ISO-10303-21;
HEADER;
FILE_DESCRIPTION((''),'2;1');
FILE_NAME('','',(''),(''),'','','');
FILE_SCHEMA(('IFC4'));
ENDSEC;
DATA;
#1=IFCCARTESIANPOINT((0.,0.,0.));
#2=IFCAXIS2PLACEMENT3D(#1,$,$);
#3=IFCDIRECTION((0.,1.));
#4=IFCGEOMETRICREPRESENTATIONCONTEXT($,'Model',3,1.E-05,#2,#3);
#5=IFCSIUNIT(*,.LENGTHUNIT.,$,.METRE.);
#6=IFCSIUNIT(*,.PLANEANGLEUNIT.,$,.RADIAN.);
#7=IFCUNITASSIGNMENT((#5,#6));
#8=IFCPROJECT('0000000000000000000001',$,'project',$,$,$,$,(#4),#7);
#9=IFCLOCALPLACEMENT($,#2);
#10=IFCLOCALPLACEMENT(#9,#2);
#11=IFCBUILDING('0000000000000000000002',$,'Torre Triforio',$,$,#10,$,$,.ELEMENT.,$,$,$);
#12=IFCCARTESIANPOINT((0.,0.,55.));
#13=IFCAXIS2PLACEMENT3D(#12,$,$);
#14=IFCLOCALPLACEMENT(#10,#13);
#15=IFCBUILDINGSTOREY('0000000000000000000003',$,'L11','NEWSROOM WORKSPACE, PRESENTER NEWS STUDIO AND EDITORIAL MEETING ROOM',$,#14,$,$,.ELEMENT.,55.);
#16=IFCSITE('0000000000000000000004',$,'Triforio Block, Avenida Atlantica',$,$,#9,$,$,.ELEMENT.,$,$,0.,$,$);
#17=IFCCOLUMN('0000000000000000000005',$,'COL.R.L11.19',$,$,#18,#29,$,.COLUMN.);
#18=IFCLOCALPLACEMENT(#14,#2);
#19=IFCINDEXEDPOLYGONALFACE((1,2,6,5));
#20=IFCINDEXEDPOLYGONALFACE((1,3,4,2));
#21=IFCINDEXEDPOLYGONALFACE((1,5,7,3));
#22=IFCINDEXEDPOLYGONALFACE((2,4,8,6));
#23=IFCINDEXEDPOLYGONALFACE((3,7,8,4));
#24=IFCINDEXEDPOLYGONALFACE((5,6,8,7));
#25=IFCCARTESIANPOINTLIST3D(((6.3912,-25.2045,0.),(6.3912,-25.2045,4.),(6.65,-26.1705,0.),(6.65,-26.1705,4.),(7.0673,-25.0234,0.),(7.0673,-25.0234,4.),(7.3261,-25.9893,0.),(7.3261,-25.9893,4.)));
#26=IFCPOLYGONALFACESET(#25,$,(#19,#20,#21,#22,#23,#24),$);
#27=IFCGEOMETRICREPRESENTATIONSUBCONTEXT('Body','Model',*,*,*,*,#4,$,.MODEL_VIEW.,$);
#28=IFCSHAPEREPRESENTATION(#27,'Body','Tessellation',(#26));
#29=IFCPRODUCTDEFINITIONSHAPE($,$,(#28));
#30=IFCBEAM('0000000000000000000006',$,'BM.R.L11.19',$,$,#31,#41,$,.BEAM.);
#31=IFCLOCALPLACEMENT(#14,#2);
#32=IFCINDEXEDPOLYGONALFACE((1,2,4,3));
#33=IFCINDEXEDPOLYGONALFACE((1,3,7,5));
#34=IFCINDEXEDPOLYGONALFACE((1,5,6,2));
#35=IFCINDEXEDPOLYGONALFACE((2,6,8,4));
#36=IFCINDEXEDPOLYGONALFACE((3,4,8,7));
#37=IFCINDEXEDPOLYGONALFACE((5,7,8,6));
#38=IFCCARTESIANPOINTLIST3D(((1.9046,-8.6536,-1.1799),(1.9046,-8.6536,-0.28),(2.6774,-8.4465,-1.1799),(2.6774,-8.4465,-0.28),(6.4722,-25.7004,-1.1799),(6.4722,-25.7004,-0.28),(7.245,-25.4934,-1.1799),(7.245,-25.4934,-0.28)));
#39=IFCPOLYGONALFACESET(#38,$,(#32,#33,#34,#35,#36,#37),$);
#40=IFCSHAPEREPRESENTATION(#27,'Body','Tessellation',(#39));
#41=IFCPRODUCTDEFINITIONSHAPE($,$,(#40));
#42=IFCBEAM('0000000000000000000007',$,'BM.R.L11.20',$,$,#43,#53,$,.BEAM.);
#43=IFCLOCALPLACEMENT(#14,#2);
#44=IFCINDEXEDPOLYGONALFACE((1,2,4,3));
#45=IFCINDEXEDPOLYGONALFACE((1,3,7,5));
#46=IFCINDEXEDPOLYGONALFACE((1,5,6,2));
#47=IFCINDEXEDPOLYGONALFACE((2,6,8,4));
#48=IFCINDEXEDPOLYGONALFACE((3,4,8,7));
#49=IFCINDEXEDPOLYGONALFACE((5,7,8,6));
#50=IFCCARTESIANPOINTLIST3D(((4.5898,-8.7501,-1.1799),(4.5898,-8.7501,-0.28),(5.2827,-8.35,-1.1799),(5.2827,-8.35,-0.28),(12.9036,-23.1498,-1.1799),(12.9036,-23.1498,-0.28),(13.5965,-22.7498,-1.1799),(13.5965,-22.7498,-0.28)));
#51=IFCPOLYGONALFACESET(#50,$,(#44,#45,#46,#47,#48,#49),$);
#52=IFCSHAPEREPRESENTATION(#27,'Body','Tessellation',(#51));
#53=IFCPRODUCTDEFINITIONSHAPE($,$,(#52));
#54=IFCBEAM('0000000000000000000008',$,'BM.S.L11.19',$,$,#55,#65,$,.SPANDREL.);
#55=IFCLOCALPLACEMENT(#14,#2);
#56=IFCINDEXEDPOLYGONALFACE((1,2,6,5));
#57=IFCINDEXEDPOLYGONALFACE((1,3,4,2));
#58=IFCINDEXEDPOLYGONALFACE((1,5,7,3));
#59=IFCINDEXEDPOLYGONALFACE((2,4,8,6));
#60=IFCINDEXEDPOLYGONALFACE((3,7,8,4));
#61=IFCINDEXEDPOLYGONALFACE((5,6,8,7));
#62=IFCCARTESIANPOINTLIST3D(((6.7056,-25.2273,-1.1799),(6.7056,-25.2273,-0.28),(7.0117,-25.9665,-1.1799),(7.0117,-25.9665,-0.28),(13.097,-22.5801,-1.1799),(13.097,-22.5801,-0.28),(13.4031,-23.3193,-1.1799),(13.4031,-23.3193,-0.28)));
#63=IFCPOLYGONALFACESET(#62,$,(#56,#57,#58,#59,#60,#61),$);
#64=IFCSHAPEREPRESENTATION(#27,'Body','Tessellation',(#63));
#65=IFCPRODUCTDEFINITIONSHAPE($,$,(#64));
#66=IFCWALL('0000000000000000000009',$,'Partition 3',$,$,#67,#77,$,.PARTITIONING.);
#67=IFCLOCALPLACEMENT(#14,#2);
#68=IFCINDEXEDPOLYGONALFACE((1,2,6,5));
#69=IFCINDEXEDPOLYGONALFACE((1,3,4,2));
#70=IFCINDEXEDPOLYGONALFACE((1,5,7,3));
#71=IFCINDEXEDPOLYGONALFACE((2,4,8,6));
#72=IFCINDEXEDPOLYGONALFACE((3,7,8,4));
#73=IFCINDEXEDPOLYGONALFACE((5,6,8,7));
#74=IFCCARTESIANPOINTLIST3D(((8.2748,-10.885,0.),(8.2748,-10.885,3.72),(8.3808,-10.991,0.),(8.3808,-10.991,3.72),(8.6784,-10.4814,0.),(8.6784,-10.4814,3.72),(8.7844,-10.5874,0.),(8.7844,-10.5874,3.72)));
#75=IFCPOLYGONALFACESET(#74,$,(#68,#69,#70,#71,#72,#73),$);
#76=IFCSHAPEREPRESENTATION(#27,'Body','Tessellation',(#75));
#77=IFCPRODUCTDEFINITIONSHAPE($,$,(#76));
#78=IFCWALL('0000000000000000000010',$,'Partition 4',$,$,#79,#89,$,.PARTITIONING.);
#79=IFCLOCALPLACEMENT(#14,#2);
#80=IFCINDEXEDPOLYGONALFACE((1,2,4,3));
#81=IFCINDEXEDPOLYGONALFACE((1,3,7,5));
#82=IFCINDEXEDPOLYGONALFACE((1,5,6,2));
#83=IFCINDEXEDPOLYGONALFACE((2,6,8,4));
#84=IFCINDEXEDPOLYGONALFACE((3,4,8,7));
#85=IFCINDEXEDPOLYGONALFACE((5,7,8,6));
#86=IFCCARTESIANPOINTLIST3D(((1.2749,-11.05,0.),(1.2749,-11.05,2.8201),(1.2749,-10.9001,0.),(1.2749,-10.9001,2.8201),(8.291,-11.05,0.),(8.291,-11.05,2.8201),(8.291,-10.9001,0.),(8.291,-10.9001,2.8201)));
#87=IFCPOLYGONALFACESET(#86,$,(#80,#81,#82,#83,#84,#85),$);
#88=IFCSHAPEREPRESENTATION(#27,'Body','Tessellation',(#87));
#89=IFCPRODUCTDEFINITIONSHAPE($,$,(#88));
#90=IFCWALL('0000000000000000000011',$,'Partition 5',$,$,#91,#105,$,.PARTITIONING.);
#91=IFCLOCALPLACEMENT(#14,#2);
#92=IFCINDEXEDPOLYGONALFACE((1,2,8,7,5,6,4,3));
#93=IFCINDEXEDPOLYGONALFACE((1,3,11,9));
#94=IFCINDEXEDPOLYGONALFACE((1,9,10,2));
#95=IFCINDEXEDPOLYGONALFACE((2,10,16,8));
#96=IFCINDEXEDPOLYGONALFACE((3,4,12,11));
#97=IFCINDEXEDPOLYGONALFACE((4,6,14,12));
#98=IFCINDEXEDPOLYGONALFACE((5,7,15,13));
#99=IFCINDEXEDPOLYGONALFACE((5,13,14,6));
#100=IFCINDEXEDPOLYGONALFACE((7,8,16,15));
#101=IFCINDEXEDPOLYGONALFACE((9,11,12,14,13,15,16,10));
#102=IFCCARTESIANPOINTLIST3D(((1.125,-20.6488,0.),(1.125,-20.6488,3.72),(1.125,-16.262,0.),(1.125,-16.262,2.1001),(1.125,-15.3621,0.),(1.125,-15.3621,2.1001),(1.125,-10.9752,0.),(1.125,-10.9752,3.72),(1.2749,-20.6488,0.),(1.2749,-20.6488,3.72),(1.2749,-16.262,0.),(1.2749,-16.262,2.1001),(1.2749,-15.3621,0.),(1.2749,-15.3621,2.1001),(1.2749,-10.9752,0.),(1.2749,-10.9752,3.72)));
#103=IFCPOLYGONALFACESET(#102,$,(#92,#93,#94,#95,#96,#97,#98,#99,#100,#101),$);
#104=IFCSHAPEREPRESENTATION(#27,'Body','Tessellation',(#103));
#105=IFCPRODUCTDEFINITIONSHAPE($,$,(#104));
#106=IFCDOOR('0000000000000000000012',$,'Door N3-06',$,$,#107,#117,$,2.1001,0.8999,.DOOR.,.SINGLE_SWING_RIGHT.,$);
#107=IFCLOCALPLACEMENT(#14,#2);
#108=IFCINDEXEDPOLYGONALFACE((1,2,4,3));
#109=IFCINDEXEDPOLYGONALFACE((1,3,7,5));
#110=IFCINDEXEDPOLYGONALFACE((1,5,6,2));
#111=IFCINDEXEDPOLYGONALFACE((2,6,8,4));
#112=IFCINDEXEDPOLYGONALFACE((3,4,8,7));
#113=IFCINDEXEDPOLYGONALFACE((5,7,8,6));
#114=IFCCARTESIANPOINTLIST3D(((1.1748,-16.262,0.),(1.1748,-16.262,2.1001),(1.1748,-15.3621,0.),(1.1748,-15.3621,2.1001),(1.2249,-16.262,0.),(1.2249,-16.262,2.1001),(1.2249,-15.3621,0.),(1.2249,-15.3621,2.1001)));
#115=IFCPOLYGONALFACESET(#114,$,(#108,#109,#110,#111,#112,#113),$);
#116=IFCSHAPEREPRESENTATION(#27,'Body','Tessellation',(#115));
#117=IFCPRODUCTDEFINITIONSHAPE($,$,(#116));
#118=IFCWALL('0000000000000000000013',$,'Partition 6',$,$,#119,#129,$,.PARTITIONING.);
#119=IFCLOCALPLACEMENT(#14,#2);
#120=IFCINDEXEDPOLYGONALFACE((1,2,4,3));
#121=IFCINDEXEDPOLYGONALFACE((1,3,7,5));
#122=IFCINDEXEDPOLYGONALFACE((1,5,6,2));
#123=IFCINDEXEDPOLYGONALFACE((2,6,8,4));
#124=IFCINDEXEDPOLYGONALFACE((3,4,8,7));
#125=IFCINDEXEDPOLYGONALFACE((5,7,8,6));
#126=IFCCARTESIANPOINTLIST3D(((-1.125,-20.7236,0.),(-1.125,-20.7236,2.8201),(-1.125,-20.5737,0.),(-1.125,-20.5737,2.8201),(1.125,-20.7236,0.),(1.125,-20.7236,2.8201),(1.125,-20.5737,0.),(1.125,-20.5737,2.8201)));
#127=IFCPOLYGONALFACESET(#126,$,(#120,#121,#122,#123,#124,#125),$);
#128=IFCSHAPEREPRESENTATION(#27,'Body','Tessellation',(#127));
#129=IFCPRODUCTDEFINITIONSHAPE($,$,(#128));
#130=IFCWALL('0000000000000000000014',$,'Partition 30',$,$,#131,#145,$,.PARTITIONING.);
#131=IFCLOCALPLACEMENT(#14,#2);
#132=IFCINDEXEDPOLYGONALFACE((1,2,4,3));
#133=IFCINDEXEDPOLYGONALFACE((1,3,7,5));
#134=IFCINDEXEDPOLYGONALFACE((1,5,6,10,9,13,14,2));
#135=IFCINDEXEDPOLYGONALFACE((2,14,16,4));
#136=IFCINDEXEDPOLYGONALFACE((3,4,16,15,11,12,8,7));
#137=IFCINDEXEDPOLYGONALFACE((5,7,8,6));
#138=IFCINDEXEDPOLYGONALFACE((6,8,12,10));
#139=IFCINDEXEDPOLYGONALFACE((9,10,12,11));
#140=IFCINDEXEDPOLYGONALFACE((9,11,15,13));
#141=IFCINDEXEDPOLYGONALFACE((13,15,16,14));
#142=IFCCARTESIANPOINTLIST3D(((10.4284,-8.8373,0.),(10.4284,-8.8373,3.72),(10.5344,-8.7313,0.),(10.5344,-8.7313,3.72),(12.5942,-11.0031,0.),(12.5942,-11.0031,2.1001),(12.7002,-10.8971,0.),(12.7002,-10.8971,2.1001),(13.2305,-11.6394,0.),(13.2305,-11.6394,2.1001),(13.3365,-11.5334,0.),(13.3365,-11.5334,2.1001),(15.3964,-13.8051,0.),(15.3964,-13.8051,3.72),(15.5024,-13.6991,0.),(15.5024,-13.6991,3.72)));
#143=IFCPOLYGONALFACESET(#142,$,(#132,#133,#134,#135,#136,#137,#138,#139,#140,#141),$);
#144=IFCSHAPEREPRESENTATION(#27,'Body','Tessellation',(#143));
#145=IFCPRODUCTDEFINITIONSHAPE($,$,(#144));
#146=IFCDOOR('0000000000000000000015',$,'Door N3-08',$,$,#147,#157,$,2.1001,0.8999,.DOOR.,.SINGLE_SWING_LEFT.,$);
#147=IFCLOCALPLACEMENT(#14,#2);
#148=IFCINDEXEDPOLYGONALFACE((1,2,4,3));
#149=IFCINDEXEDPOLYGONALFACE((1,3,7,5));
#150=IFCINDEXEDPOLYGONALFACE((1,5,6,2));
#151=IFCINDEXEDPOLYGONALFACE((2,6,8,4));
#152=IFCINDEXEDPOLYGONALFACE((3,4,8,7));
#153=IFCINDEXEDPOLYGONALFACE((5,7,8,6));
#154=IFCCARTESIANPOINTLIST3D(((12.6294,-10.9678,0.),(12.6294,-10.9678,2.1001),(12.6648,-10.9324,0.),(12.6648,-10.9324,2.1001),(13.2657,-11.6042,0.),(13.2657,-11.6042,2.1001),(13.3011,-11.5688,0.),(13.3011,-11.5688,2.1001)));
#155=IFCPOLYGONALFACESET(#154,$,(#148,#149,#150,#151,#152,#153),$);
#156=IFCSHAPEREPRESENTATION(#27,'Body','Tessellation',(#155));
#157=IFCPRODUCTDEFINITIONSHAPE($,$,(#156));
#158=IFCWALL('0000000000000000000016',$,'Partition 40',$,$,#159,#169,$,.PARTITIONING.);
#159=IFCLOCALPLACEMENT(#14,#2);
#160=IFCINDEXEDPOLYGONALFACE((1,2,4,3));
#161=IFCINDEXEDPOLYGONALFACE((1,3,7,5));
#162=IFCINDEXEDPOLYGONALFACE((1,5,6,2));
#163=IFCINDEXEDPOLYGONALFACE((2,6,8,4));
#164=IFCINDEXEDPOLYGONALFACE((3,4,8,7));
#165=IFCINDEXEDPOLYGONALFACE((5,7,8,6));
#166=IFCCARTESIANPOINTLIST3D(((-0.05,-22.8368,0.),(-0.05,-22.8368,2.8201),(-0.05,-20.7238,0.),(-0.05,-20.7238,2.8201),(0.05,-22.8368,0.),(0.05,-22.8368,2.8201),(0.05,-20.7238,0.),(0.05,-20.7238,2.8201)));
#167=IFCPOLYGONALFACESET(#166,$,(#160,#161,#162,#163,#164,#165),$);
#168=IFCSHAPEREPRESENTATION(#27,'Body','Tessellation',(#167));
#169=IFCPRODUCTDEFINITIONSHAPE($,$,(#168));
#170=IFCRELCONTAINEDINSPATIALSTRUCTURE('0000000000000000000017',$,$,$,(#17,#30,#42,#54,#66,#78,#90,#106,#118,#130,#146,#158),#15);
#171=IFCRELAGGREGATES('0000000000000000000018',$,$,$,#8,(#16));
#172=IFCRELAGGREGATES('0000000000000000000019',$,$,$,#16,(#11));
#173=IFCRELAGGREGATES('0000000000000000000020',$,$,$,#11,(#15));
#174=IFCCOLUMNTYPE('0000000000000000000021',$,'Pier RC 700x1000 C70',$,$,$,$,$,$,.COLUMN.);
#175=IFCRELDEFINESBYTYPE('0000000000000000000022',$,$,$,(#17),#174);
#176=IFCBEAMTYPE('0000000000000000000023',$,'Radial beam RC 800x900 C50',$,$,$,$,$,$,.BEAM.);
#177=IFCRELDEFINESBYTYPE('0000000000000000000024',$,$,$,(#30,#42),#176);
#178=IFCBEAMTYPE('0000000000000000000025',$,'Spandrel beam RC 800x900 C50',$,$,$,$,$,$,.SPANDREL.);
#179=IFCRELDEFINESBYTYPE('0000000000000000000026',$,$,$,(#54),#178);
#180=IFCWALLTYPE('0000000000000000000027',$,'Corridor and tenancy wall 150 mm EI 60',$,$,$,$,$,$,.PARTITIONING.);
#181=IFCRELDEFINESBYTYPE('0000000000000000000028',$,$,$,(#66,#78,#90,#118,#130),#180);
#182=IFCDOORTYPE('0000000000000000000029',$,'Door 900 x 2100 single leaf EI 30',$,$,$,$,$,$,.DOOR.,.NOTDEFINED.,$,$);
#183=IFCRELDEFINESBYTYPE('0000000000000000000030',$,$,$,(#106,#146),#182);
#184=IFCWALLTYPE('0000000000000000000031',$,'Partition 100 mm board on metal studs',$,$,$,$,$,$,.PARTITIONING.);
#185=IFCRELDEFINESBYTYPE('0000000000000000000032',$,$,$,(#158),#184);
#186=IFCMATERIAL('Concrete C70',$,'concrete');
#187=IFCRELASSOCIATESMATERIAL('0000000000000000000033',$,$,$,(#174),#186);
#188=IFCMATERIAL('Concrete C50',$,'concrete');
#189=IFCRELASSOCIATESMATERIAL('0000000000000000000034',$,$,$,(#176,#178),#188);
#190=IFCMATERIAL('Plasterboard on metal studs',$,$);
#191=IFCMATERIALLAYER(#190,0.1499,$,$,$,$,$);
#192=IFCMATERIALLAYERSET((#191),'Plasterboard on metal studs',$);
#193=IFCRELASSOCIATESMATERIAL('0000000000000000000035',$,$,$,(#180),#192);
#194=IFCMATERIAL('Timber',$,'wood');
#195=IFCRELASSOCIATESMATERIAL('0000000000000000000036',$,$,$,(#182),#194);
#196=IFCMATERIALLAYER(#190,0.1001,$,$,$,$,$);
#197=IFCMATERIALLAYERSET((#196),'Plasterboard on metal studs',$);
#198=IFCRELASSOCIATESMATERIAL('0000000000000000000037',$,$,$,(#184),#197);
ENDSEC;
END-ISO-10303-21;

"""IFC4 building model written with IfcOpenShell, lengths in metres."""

from ifc_helpers import new_model, si_unit, direction, frame, frame_2d, origin, origin_2d, place, context, subcontext, project, spatial, rectangle, extrude, material, layer, layer_set, material_profile, profile_set, type_object, element, fill, save


model = new_model("IFC4")

# Units and contexts
model_context = context("Model", 3, precision=1e-05, world=origin(), true_north=direction((0.0, 1.0)))
body_context = subcontext(model_context, "Body", "Model", "MODEL_VIEW")
ifc_project = project(units=[si_unit("LENGTHUNIT", "METRE"), si_unit("PLANEANGLEUNIT", "RADIAN")], contexts=[model_context])

# Site, building, storey
site_placement = place(None, origin())
site = spatial("IfcSite", under=ifc_project, at=site_placement, Name="Triforio Block, Avenida Atlantica", CompositionType="ELEMENT", RefElevation=0.0)
building_placement = place(site_placement, origin())
building = spatial("IfcBuilding", under=site, at=building_placement, Name="Torre Triforio", CompositionType="ELEMENT")
storey_placement = place(building_placement, frame((0.0, 0.0, 55.0)))
storey = spatial("IfcBuildingStorey", under=building, at=storey_placement, Name="L11", Description="NEWSROOM WORKSPACE, PRESENTER NEWS STUDIO AND EDITORIAL MEETING ROOM", CompositionType="ELEMENT", Elevation=55.0)

# Column
ifc_material_1 = material(Name="Concrete C70", Category="concrete")
ifc_material_profile_1 = material_profile(ifc_material_1, rectangle(XDim=0.7, YDim=1.0, at=origin_2d()), Name="RC 700x1000")
ifc_profile_set_1 = profile_set([ifc_material_profile_1], Name="Concrete C70")
column_type = type_object("IfcColumnType", Name="Pier RC 700x1000 C70", PredefinedType="COLUMN", material=ifc_profile_set_1)
column_placement = place(storey_placement, frame((6.8586, -25.5969, 0.0), z_axis=(0.0, 0.0, 1.0), x_axis=(0.965926, 0.258819, 0.0)))
element("IfcColumn", 1, at=column_placement, inside=storey, type_object=column_type, Name="COL.R.L11.19", PredefinedType="COLUMN", context=body_context, shape_type="SweptSolid", body=[
    extrude(rectangle(XDim=0.7, YDim=1.0, at=origin_2d()), origin(), (0.0, 0.0, 1.0), 4.0),
])

# Beams
ifc_material_2 = material(Name="Concrete C50", Category="concrete")
ifc_material_profile_2 = material_profile(ifc_material_2, rectangle(XDim=0.8, YDim=0.8999, at=origin_2d()), Name="RC 800x900")
ifc_profile_set_2 = profile_set([ifc_material_profile_2], Name="Concrete C50")
beam_type_1 = type_object("IfcBeamType", Name="Radial beam RC 800x900 C50", PredefinedType="BEAM", material=ifc_profile_set_2)
beam_1_placement = place(storey_placement, frame((2.291, -8.55, -0.73), z_axis=(0.258815, -0.965927, 0.0), x_axis=(0.965927, 0.258815, 0.0)))
element("IfcBeam", 2, at=beam_1_placement, inside=storey, type_object=beam_type_1, Name="BM.R.L11.19", PredefinedType="BEAM", context=body_context, shape_type="SweptSolid", body=[
    extrude(rectangle(XDim=0.8, YDim=0.8999, at=origin_2d()), origin(), (0.0, 0.0, 1.0), 17.6482),
])
beam_2_placement = place(storey_placement, frame((4.9363, -8.55, -0.73), z_axis=(0.500003, -0.866023, 0.0), x_axis=(0.866023, 0.500003, 0.0)))
element("IfcBeam", 3, at=beam_2_placement, inside=storey, type_object=beam_type_1, Name="BM.R.L11.20", PredefinedType="BEAM", context=body_context, shape_type="SweptSolid", body=[
    extrude(rectangle(XDim=0.8, YDim=0.8999, at=origin_2d()), origin(), (0.0, 0.0, 1.0), 16.6274),
])
ifc_material_profile_3 = material_profile(ifc_material_2, rectangle(XDim=0.8, YDim=0.8999, at=origin_2d()), Name="RC 800x900")
ifc_profile_set_3 = profile_set([ifc_material_profile_3], Name="Concrete C50")
beam_type_2 = type_object("IfcBeamType", Name="Spandrel beam RC 800x900 C50", PredefinedType="SPANDREL", material=ifc_profile_set_3)
beam_3_placement = place(storey_placement, frame((6.8586, -25.5969, -0.73), z_axis=(0.923888, 0.382662, 0.0), x_axis=(-0.382662, 0.923888, 0.0)))
element("IfcBeam", 4, at=beam_3_placement, inside=storey, type_object=beam_type_2, Name="BM.S.L11.19", PredefinedType="SPANDREL", context=body_context, shape_type="SweptSolid", body=[
    extrude(rectangle(XDim=0.8, YDim=0.8999, at=origin_2d()), origin(), (0.0, 0.0, 1.0), 6.918),
])

# Walls
ifc_material_3 = material(Name="Plasterboard on metal studs")
ifc_layer_1 = layer(ifc_material_3, 0.1499)
ifc_layer_set_1 = layer_set([ifc_layer_1], Name="Plasterboard on metal studs")
wall_type_1 = type_object("IfcWallType", Name="Corridor and tenancy wall 150 mm EI 60", PredefinedType="PARTITIONING", material=ifc_layer_set_1)
wall_1_placement = place(storey_placement, frame((8.7314, -10.5344, 0.0), z_axis=(0.0, 0.0, 1.0), x_axis=(-0.707107, -0.707107, 0.0)))
element("IfcWall", 5, at=wall_1_placement, inside=storey, type_object=wall_type_1, Name="Partition 3", PredefinedType="PARTITIONING", context=body_context, shape_type="SweptSolid", body=[
    extrude(rectangle(XDim=0.5708, YDim=0.1499, at=frame_2d((0.2854, 0.0))), origin(), (0.0, 0.0, 1.0), 3.72),
])
wall_2_placement = place(storey_placement, frame((8.291, -10.9751, 0.0), z_axis=(0.0, 0.0, 1.0), x_axis=(-1.0, 0.0, 0.0)))
element("IfcWall", 6, at=wall_2_placement, inside=storey, type_object=wall_type_1, Name="Partition 4", PredefinedType="PARTITIONING", context=body_context, shape_type="SweptSolid", body=[
    extrude(rectangle(XDim=7.0161, YDim=0.1499, at=frame_2d((3.5081, 0.0))), origin(), (0.0, 0.0, 1.0), 2.8201),
])

# Wall, opening, door
wall_3_placement = place(storey_placement, frame((1.2, -10.9751, 0.0), z_axis=(0.0, 0.0, 1.0), x_axis=(0.0, -1.0, 0.0)))
wall_3 = element("IfcWall", 7, at=wall_3_placement, inside=storey, type_object=wall_type_1, Name="Partition 5", PredefinedType="PARTITIONING", context=body_context, shape_type="SweptSolid", body=[
    extrude(rectangle(XDim=9.6736, YDim=0.1499, at=frame_2d((4.8369, 0.0))), origin(), (0.0, 0.0, 1.0), 3.72),
])
opening_1_placement = place(wall_3_placement, frame((4.387, 0.0, 0.0)))
opening_1 = element("IfcOpeningElement", 8, at=opening_1_placement, cuts=wall_3, PredefinedType="OPENING", context=body_context, shape_type="SweptSolid", body=[
    extrude(rectangle(XDim=0.8999, YDim=2.1001, at=frame_2d((0.45, 1.05))), frame((0.0, 0.085, 0.0), z_axis=(0.0, -1.0, 0.0), x_axis=(1.0, 0.0, 0.0)), (0.0, 0.0, 1.0), 0.1699),
])
ifc_material_4 = material(Name="Timber", Category="wood")
door_type_1 = type_object("IfcDoorType", Name="Door 900 x 2100 single leaf EI 30", OperationType="NOTDEFINED", PredefinedType="DOOR", material=ifc_material_4)
door_1_placement = place(opening_1_placement, origin())
door_1 = element("IfcDoor", 9, at=door_1_placement, inside=storey, type_object=door_type_1, Name="Door N3-06", OperationType="SINGLE_SWING_RIGHT", OverallHeight=2.1001, OverallWidth=0.8999, PredefinedType="DOOR", context=body_context, shape_type="SweptSolid", body=[
    extrude(rectangle(XDim=0.8999, YDim=2.1001, at=frame_2d((0.45, 1.05))), frame((0.0, 0.0249, 0.0), z_axis=(0.0, -1.0, 0.0), x_axis=(1.0, 0.0, 0.0)), (0.0, 0.0, 1.0), 0.05),
])
fill(opening_1, door_1)

# Wall
wall_4_placement = place(storey_placement, frame((1.125, -20.6487, 0.0), z_axis=(0.0, 0.0, 1.0), x_axis=(-1.0, 0.0, 0.0)))
element("IfcWall", 10, at=wall_4_placement, inside=storey, type_object=wall_type_1, Name="Partition 6", PredefinedType="PARTITIONING", context=body_context, shape_type="SweptSolid", body=[
    extrude(rectangle(XDim=2.25, YDim=0.1499, at=frame_2d((1.125, 0.0))), origin(), (0.0, 0.0, 1.0), 2.8201),
])

# Wall, opening, door
wall_5_placement = place(storey_placement, frame((10.4814, -8.7844, 0.0), z_axis=(0.0, 0.0, 1.0), x_axis=(0.707124, -0.707089, 0.0)))
wall_5 = element("IfcWall", 11, at=wall_5_placement, inside=storey, type_object=wall_type_1, Name="Partition 30", PredefinedType="PARTITIONING", context=body_context, shape_type="SweptSolid", body=[
    extrude(rectangle(XDim=7.0256, YDim=0.1499, at=frame_2d((3.5127, 0.0))), origin(), (0.0, 0.0, 1.0), 3.72),
])
opening_2_placement = place(wall_5_placement, frame((3.0627, 0.0, 0.0)))
opening_2 = element("IfcOpeningElement", 12, at=opening_2_placement, cuts=wall_5, PredefinedType="OPENING", context=body_context, shape_type="SweptSolid", body=[
    extrude(rectangle(XDim=0.8999, YDim=2.1001, at=frame_2d((0.45, 1.05))), frame((0.0, 0.085, 0.0), z_axis=(0.0, -1.0, 0.0), x_axis=(1.0, 0.0, 0.0)), (0.0, 0.0, 1.0), 0.1699),
])
door_2_placement = place(opening_2_placement, origin())
door_2 = element("IfcDoor", 13, at=door_2_placement, inside=storey, type_object=door_type_1, Name="Door N3-08", OperationType="SINGLE_SWING_LEFT", OverallHeight=2.1001, OverallWidth=0.8999, PredefinedType="DOOR", context=body_context, shape_type="SweptSolid", body=[
    extrude(rectangle(XDim=0.8999, YDim=2.1001, at=frame_2d((0.45, 1.05))), frame((0.0, 0.0249, 0.0), z_axis=(0.0, -1.0, 0.0), x_axis=(1.0, 0.0, 0.0)), (0.0, 0.0, 1.0), 0.05),
])
fill(opening_2, door_2)

# Wall
ifc_layer_2 = layer(ifc_material_3, 0.1001)
ifc_layer_set_2 = layer_set([ifc_layer_2], Name="Plasterboard on metal studs")
wall_type_2 = type_object("IfcWallType", Name="Partition 100 mm board on metal studs", PredefinedType="PARTITIONING", material=ifc_layer_set_2)
wall_6_placement = place(storey_placement, frame((0.0, -20.7236, 0.0), z_axis=(0.0, 0.0, 1.0), x_axis=(0.0, -1.0, 0.0)))
element("IfcWall", 14, at=wall_6_placement, inside=storey, type_object=wall_type_2, Name="Partition 40", PredefinedType="PARTITIONING", context=body_context, shape_type="SweptSolid", body=[
    extrude(rectangle(XDim=2.113, YDim=0.1001, at=frame_2d((1.0566, 0.0))), origin(), (0.0, 0.0, 1.0), 2.8201),
])

save(model, "model.ifc")
